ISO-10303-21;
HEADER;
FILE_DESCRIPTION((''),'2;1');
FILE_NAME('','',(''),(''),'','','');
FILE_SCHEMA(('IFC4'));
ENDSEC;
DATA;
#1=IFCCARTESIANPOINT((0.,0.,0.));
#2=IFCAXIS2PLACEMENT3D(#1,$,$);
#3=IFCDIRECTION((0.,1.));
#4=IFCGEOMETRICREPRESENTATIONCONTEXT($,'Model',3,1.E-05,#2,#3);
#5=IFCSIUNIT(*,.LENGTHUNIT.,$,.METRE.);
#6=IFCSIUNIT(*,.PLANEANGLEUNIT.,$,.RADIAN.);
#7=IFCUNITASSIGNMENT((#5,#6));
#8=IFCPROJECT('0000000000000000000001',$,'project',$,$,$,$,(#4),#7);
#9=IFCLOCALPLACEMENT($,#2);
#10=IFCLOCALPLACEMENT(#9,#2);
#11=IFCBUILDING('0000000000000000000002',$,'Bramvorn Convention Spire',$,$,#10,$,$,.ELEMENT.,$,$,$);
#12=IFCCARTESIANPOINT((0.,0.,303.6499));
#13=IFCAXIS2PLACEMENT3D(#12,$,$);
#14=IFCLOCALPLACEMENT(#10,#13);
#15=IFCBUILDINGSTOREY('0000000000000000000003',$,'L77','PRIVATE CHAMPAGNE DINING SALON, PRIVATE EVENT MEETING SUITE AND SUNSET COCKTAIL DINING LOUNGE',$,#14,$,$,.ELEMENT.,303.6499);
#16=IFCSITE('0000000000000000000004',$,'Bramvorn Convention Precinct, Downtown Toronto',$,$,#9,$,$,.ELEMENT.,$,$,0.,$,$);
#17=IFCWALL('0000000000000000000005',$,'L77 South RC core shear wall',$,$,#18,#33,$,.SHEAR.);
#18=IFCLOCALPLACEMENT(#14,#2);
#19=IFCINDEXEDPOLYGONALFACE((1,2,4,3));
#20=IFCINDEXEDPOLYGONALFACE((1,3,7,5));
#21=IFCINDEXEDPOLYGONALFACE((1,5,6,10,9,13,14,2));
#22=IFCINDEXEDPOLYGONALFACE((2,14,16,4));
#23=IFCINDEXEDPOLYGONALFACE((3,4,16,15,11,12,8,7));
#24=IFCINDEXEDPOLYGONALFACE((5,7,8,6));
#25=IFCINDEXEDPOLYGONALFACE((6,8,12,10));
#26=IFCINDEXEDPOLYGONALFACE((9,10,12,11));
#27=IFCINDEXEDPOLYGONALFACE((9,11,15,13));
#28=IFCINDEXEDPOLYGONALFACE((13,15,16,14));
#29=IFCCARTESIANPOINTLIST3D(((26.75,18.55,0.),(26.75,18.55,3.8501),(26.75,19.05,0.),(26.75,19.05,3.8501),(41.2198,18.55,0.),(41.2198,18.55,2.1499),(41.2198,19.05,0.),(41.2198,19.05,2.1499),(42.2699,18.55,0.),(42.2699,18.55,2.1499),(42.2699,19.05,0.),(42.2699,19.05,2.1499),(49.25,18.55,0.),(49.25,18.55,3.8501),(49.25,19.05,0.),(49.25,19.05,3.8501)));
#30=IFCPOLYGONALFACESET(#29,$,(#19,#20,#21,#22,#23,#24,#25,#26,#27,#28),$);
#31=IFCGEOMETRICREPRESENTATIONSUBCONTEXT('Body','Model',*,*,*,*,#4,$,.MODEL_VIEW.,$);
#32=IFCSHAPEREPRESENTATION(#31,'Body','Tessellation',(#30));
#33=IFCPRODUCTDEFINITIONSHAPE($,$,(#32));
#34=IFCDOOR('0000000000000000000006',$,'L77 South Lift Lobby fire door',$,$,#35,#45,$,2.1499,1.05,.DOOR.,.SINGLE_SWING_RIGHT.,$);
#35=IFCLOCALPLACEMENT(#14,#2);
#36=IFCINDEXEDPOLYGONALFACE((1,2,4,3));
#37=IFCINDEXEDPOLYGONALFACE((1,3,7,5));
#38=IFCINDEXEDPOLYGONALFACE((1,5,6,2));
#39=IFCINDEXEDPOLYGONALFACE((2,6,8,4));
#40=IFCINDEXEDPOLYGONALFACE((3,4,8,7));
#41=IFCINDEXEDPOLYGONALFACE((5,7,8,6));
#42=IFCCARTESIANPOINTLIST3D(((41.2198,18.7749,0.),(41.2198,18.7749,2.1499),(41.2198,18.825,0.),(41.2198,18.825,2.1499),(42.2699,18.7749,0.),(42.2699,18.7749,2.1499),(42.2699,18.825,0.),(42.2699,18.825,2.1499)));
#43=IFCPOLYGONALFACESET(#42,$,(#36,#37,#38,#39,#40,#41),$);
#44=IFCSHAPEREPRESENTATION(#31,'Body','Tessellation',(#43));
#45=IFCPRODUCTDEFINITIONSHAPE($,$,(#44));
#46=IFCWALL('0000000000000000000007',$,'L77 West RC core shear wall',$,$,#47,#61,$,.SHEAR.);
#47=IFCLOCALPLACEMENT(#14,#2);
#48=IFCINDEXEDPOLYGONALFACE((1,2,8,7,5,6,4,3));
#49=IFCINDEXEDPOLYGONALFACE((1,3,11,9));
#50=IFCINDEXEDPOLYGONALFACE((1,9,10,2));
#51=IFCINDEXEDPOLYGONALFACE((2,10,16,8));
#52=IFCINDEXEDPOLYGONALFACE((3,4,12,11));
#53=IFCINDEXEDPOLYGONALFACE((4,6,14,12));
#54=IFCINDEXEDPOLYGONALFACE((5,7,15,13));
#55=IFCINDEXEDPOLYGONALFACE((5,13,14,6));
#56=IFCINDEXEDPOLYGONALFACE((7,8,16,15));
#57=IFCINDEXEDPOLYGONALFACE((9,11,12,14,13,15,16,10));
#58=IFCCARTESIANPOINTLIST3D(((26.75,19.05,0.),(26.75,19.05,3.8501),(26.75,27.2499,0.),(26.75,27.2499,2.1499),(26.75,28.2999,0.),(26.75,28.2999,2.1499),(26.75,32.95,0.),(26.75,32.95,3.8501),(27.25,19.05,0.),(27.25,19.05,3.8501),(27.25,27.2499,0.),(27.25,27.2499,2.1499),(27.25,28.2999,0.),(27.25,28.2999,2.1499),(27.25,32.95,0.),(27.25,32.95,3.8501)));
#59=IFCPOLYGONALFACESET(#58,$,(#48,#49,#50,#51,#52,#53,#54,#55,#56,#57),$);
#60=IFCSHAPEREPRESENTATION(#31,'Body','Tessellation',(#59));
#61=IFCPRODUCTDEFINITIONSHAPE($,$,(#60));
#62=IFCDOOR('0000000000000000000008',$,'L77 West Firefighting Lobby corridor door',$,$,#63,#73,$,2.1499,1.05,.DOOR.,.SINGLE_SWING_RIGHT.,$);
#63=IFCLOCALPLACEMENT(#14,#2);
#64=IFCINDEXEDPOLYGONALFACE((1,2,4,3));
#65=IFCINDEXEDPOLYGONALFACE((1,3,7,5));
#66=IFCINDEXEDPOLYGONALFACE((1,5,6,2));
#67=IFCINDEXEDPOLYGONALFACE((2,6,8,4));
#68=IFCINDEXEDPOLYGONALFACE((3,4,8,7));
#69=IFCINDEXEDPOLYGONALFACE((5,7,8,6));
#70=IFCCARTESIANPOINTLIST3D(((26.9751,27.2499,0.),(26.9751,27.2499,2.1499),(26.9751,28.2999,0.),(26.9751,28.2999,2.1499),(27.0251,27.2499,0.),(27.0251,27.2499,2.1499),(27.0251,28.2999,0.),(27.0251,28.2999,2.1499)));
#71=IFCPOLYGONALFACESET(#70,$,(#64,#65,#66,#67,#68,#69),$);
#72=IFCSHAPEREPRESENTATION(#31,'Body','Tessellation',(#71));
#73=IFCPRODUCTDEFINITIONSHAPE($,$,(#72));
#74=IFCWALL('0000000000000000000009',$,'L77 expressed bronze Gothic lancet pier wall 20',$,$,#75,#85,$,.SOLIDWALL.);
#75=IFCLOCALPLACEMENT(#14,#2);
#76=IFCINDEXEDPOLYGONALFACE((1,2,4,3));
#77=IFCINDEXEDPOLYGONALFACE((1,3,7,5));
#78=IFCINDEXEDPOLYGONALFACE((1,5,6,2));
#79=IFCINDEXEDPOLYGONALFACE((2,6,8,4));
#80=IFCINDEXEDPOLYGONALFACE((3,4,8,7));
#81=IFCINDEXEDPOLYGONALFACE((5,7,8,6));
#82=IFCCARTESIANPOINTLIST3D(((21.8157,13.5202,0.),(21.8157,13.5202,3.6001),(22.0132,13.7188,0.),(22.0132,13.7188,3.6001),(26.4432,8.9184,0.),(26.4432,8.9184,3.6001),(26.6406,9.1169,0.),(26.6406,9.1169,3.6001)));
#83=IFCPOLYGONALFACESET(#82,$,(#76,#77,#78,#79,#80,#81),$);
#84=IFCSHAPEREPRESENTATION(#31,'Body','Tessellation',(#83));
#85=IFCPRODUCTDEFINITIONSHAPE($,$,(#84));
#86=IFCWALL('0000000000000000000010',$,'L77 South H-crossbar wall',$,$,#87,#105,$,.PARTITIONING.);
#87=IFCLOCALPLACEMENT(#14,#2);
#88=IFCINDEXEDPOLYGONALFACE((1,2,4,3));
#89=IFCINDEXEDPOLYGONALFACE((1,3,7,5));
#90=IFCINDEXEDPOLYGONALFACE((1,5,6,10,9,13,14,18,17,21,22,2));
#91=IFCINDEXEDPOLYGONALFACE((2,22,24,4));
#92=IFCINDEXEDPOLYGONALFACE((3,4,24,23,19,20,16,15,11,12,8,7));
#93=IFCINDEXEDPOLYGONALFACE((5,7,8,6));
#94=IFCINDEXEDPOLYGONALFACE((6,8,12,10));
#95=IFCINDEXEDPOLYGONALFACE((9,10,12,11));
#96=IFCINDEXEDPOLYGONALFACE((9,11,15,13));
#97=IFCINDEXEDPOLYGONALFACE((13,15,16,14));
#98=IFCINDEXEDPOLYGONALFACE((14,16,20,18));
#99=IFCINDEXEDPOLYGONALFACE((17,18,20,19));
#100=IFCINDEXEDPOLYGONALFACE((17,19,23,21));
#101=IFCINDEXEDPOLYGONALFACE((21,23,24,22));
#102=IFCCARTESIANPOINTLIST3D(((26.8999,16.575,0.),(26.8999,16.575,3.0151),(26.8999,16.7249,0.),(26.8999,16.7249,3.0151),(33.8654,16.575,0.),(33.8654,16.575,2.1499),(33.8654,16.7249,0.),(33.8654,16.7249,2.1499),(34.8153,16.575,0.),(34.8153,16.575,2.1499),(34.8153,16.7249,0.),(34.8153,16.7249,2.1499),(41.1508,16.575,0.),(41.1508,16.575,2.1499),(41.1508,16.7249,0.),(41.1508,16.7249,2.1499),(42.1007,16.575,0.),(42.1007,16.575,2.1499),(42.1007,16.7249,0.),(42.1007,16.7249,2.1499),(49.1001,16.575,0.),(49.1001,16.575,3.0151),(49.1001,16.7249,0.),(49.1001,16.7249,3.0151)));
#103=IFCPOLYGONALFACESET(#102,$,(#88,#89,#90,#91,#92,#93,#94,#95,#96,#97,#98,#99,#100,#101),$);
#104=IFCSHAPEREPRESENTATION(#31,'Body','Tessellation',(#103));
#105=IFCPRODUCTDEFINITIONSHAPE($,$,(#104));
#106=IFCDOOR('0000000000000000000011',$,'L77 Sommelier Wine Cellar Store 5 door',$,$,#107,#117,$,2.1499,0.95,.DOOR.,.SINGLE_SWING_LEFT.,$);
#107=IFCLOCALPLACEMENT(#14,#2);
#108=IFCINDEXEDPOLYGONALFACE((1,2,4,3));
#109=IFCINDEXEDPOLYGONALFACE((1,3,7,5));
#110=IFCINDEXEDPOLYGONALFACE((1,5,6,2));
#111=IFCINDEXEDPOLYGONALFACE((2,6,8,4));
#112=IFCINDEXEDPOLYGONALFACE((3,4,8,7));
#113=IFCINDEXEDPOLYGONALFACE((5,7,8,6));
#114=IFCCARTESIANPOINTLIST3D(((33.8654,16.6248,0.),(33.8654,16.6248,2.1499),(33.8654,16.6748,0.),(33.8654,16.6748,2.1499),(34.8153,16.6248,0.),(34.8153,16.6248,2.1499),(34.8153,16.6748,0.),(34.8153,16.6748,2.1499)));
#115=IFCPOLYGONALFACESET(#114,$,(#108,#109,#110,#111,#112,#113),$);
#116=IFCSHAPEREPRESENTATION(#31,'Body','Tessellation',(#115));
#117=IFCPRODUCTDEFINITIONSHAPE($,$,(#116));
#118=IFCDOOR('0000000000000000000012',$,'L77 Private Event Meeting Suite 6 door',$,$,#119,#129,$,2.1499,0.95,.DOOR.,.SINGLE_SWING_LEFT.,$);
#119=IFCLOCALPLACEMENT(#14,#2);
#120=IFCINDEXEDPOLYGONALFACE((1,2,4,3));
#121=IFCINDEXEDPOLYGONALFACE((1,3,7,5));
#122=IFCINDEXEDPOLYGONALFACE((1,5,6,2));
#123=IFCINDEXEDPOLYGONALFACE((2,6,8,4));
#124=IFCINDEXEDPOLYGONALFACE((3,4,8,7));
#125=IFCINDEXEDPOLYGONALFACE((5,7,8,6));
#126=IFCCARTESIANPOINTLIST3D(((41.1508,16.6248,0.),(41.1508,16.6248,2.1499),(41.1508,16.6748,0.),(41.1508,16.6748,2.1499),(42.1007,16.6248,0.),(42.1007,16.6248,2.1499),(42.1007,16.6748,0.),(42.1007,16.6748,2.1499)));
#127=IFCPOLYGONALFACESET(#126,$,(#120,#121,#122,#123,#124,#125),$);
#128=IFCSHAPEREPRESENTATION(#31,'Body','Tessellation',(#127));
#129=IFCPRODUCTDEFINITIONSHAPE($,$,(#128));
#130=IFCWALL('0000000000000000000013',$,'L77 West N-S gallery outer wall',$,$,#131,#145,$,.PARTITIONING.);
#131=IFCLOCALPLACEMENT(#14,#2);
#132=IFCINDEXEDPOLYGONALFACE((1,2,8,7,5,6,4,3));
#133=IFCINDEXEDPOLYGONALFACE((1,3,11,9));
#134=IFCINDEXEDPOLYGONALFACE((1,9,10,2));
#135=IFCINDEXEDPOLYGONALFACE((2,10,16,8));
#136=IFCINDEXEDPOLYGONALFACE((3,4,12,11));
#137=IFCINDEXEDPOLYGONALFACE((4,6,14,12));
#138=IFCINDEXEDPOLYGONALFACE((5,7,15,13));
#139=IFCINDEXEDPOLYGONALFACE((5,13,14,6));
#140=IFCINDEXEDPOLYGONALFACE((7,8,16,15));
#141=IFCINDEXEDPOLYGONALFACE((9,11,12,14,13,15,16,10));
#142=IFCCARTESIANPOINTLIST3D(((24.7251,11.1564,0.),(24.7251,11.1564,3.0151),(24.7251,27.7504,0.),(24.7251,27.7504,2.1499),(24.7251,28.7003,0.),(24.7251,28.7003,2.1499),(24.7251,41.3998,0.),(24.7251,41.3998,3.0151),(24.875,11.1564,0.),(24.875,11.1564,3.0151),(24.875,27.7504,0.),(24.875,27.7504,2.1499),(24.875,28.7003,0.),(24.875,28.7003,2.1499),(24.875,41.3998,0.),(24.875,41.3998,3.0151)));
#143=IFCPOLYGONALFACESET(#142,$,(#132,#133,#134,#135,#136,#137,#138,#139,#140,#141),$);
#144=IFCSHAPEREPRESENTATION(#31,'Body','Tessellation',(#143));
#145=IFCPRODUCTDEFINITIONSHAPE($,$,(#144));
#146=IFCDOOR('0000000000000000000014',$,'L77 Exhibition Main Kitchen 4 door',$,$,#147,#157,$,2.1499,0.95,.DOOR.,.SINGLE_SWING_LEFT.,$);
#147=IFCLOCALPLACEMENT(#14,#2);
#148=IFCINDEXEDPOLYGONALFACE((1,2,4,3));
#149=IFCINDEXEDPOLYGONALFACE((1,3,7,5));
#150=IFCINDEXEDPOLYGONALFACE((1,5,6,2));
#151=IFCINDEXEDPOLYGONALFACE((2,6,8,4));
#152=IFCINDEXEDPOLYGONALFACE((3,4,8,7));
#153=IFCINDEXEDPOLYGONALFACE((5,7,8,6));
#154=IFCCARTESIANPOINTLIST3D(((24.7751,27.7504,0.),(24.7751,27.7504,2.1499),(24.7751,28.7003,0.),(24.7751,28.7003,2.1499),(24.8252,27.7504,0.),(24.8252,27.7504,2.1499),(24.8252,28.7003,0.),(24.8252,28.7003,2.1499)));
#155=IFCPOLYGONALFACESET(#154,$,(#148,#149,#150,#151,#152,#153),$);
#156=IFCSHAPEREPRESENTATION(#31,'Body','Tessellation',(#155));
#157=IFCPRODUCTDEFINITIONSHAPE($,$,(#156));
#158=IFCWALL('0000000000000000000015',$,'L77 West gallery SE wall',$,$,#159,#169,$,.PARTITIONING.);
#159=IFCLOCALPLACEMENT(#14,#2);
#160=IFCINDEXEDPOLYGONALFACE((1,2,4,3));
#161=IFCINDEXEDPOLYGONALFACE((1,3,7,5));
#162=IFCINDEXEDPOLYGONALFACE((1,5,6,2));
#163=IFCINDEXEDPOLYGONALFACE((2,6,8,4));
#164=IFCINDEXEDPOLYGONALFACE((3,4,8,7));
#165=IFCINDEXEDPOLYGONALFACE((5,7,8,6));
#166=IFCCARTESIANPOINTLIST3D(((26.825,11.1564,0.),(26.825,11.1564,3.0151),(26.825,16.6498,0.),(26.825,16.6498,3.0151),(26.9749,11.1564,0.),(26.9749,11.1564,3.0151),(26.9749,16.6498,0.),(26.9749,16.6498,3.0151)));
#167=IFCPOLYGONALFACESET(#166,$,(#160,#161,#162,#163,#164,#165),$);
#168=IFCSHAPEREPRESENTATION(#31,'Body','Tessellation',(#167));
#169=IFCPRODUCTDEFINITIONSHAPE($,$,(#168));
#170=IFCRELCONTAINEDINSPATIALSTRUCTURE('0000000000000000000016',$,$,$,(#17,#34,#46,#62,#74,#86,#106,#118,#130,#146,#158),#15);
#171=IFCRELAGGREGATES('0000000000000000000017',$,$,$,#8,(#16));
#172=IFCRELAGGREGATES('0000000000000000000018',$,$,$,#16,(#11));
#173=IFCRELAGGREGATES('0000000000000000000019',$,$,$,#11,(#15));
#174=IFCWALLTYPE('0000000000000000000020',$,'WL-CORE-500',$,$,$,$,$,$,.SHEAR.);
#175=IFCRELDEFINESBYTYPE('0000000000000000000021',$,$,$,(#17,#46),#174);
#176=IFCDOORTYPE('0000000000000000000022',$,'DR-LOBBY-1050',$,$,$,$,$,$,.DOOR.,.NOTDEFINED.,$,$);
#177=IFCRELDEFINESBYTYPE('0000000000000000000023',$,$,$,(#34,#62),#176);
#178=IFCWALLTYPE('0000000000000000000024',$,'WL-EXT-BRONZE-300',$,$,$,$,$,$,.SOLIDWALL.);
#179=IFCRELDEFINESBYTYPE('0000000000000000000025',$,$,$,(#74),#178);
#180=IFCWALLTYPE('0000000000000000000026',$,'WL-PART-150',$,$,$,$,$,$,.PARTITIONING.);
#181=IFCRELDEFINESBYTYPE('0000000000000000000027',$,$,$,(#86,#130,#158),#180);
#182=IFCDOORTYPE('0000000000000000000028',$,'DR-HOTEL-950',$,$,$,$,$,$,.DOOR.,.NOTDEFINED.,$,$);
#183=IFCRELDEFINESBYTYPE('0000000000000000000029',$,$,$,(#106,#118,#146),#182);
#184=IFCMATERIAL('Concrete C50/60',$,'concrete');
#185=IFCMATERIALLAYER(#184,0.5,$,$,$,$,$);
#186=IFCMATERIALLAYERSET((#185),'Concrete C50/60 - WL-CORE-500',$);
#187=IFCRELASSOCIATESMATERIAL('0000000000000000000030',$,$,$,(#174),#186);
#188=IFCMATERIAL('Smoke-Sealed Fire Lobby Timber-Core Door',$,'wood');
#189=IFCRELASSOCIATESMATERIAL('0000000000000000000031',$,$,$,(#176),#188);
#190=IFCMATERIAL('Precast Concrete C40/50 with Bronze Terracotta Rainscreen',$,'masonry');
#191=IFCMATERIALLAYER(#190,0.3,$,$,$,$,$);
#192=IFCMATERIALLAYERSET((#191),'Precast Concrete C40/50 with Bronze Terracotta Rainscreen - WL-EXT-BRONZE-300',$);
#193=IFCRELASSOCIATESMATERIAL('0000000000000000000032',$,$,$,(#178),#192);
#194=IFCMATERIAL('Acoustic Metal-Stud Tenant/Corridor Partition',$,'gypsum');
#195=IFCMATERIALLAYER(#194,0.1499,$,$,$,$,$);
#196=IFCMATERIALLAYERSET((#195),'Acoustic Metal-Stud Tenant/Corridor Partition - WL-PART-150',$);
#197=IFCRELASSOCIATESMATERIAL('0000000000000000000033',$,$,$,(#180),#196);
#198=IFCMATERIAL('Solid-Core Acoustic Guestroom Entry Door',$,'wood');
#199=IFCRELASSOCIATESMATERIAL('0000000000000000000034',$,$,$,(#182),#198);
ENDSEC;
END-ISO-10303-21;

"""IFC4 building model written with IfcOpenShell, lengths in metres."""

from ifc_helpers import new_model, si_unit, direction, frame, frame_2d, origin, place, context, subcontext, project, spatial, rectangle, extrude, material, layer, layer_set, type_object, element, fill, save


model = new_model("IFC4")

# Units and contexts
model_context = context("Model", 3, precision=1e-05, world=origin(), true_north=direction((0.0, 1.0)))
body_context = subcontext(model_context, "Body", "Model", "MODEL_VIEW")
ifc_project = project(units=[si_unit("LENGTHUNIT", "METRE"), si_unit("PLANEANGLEUNIT", "RADIAN")], contexts=[model_context])

# Site, building, storey
site_placement = place(None, origin())
site = spatial("IfcSite", under=ifc_project, at=site_placement, Name="Bramvorn Convention Precinct, Downtown Toronto", CompositionType="ELEMENT", RefElevation=0.0)
building_placement = place(site_placement, origin())
building = spatial("IfcBuilding", under=site, at=building_placement, Name="Bramvorn Convention Spire", CompositionType="ELEMENT")
storey_placement = place(building_placement, frame((0.0, 0.0, 303.6499)))
storey = spatial("IfcBuildingStorey", under=building, at=storey_placement, Name="L77", Description="PRIVATE CHAMPAGNE DINING SALON, PRIVATE EVENT MEETING SUITE AND SUNSET COCKTAIL DINING LOUNGE", CompositionType="ELEMENT", Elevation=303.6499)

# Walls, openings, doors
ifc_material_1 = material(Name="Concrete C50/60", Category="concrete")
ifc_layer_1 = layer(ifc_material_1, 0.5)
ifc_layer_set_1 = layer_set([ifc_layer_1], Name="Concrete C50/60 - WL-CORE-500")
wall_type_1 = type_object("IfcWallType", Name="WL-CORE-500", PredefinedType="SHEAR", material=ifc_layer_set_1)
wall_1_placement = place(storey_placement, frame((26.75, 18.8, 0.0), z_axis=(0.0, 0.0, 1.0), x_axis=(1.0, 0.0, 0.0)))
wall_1 = element("IfcWall", 1, at=wall_1_placement, inside=storey, type_object=wall_type_1, Name="L77 South RC core shear wall", PredefinedType="SHEAR", context=body_context, shape_type="SweptSolid", body=[
    extrude(rectangle(XDim=22.5, YDim=0.5, at=frame_2d((11.25, 0.0))), origin(), (0.0, 0.0, 1.0), 3.8501),
])
opening_1_placement = place(wall_1_placement, frame((14.47, 0.0, 0.0)))
opening_1 = element("IfcOpeningElement", 2, at=opening_1_placement, cuts=wall_1, PredefinedType="OPENING", context=body_context, shape_type="SweptSolid", body=[
    extrude(rectangle(XDim=1.05, YDim=2.1499, at=frame_2d((0.5249, 1.075))), frame((0.0, 0.26, 0.0), z_axis=(0.0, -1.0, 0.0), x_axis=(1.0, 0.0, 0.0)), (0.0, 0.0, 1.0), 0.52),
])
ifc_material_2 = material(Name="Smoke-Sealed Fire Lobby Timber-Core Door", Category="wood")
door_type_1 = type_object("IfcDoorType", Name="DR-LOBBY-1050", OperationType="NOTDEFINED", PredefinedType="DOOR", material=ifc_material_2)
door_1_placement = place(opening_1_placement, origin())
door_1 = element("IfcDoor", 3, at=door_1_placement, inside=storey, type_object=door_type_1, Name="L77 South Lift Lobby fire door", OperationType="SINGLE_SWING_RIGHT", OverallHeight=2.1499, OverallWidth=1.05, PredefinedType="DOOR", context=body_context, shape_type="SweptSolid", body=[
    extrude(rectangle(XDim=1.05, YDim=2.1499, at=frame_2d((0.5249, 1.075))), frame((0.0, 0.0249, 0.0), z_axis=(0.0, -1.0, 0.0), x_axis=(1.0, 0.0, 0.0)), (0.0, 0.0, 1.0), 0.05),
])
fill(opening_1, door_1)
wall_2_placement = place(storey_placement, frame((27.0, 19.05, 0.0), z_axis=(0.0, 0.0, 1.0), x_axis=(0.0, 1.0, 0.0)))
wall_2 = element("IfcWall", 4, at=wall_2_placement, inside=storey, type_object=wall_type_1, Name="L77 West RC core shear wall", PredefinedType="SHEAR", context=body_context, shape_type="SweptSolid", body=[
    extrude(rectangle(XDim=13.8999, YDim=0.5, at=frame_2d((6.95, 0.0))), origin(), (0.0, 0.0, 1.0), 3.8501),
])
opening_2_placement = place(wall_2_placement, frame((8.2, 0.0, 0.0)))
opening_2 = element("IfcOpeningElement", 5, at=opening_2_placement, cuts=wall_2, PredefinedType="OPENING", context=body_context, shape_type="SweptSolid", body=[
    extrude(rectangle(XDim=1.05, YDim=2.1499, at=frame_2d((0.5249, 1.075))), frame((0.0, 0.26, 0.0), z_axis=(0.0, -1.0, 0.0), x_axis=(1.0, 0.0, 0.0)), (0.0, 0.0, 1.0), 0.52),
])
door_2_placement = place(opening_2_placement, origin())
door_2 = element("IfcDoor", 6, at=door_2_placement, inside=storey, type_object=door_type_1, Name="L77 West Firefighting Lobby corridor door", OperationType="SINGLE_SWING_RIGHT", OverallHeight=2.1499, OverallWidth=1.05, PredefinedType="DOOR", context=body_context, shape_type="SweptSolid", body=[
    extrude(rectangle(XDim=1.05, YDim=2.1499, at=frame_2d((0.5249, 1.075))), frame((0.0, 0.0249, 0.0), z_axis=(0.0, -1.0, 0.0), x_axis=(1.0, 0.0, 0.0)), (0.0, 0.0, 1.0), 0.05),
])
fill(opening_2, door_2)

# Wall
ifc_material_3 = material(Name="Precast Concrete C40/50 with Bronze Terracotta Rainscreen", Category="masonry")
ifc_layer_2 = layer(ifc_material_3, 0.3)
ifc_layer_set_2 = layer_set([ifc_layer_2], Name="Precast Concrete C40/50 with Bronze Terracotta Rainscreen - WL-EXT-BRONZE-300")
wall_type_2 = type_object("IfcWallType", Name="WL-EXT-BRONZE-300", PredefinedType="SOLIDWALL", material=ifc_layer_set_2)
wall_3_placement = place(storey_placement, frame((26.542, 9.0176, 0.0), z_axis=(0.0, 0.0, 1.0), x_axis=(-0.709068, 0.70514, 0.0)))
element("IfcWall", 7, at=wall_3_placement, inside=storey, type_object=wall_type_2, Name="L77 expressed bronze Gothic lancet pier wall 20", PredefinedType="SOLIDWALL", context=body_context, shape_type="SweptSolid", body=[
    extrude(rectangle(XDim=6.5261, YDim=0.28, at=frame_2d((3.2632, 0.0))), origin(), (0.0, 0.0, 1.0), 3.6001),
])

# Wall, openings, doors
ifc_material_4 = material(Name="Acoustic Metal-Stud Tenant/Corridor Partition", Category="gypsum")
ifc_layer_3 = layer(ifc_material_4, 0.1499)
ifc_layer_set_3 = layer_set([ifc_layer_3], Name="Acoustic Metal-Stud Tenant/Corridor Partition - WL-PART-150")
wall_type_3 = type_object("IfcWallType", Name="WL-PART-150", PredefinedType="PARTITIONING", material=ifc_layer_set_3)
wall_4_placement = place(storey_placement, frame((26.8999, 16.6499, 0.0), z_axis=(0.0, 0.0, 1.0), x_axis=(1.0, 0.0, 0.0)))
wall_4 = element("IfcWall", 8, at=wall_4_placement, inside=storey, type_object=wall_type_3, Name="L77 South H-crossbar wall", PredefinedType="PARTITIONING", context=body_context, shape_type="SweptSolid", body=[
    extrude(rectangle(XDim=22.2002, YDim=0.1499, at=frame_2d((11.1001, 0.0))), origin(), (0.0, 0.0, 1.0), 3.0151),
])
opening_3_placement = place(wall_4_placement, frame((6.9653, 0.0, 0.0)))
opening_3 = element("IfcOpeningElement", 9, at=opening_3_placement, cuts=wall_4, PredefinedType="OPENING", context=body_context, shape_type="SweptSolid", body=[
    extrude(rectangle(XDim=0.95, YDim=2.1499, at=frame_2d((0.4751, 1.075))), frame((0.0, 0.085, 0.0), z_axis=(0.0, -1.0, 0.0), x_axis=(1.0, 0.0, 0.0)), (0.0, 0.0, 1.0), 0.1699),
])
opening_4_placement = place(wall_4_placement, frame((14.2507, 0.0, 0.0)))
opening_4 = element("IfcOpeningElement", 10, at=opening_4_placement, cuts=wall_4, PredefinedType="OPENING", context=body_context, shape_type="SweptSolid", body=[
    extrude(rectangle(XDim=0.95, YDim=2.1499, at=frame_2d((0.4751, 1.075))), frame((0.0, 0.085, 0.0), z_axis=(0.0, -1.0, 0.0), x_axis=(1.0, 0.0, 0.0)), (0.0, 0.0, 1.0), 0.1699),
])
ifc_material_5 = material(Name="Solid-Core Acoustic Guestroom Entry Door", Category="wood")
door_type_2 = type_object("IfcDoorType", Name="DR-HOTEL-950", OperationType="NOTDEFINED", PredefinedType="DOOR", material=ifc_material_5)
door_3_placement = place(opening_3_placement, origin())
door_3 = element("IfcDoor", 11, at=door_3_placement, inside=storey, type_object=door_type_2, Name="L77 Sommelier Wine Cellar Store 5 door", OperationType="SINGLE_SWING_LEFT", OverallHeight=2.1499, OverallWidth=0.95, PredefinedType="DOOR", context=body_context, shape_type="SweptSolid", body=[
    extrude(rectangle(XDim=0.95, YDim=2.1499, at=frame_2d((0.4751, 1.075))), frame((0.0, 0.0249, 0.0), z_axis=(0.0, -1.0, 0.0), x_axis=(1.0, 0.0, 0.0)), (0.0, 0.0, 1.0), 0.05),
])
fill(opening_3, door_3)
door_4_placement = place(opening_4_placement, origin())
door_4 = element("IfcDoor", 12, at=door_4_placement, inside=storey, type_object=door_type_2, Name="L77 Private Event Meeting Suite 6 door", OperationType="SINGLE_SWING_LEFT", OverallHeight=2.1499, OverallWidth=0.95, PredefinedType="DOOR", context=body_context, shape_type="SweptSolid", body=[
    extrude(rectangle(XDim=0.95, YDim=2.1499, at=frame_2d((0.4751, 1.075))), frame((0.0, 0.0249, 0.0), z_axis=(0.0, -1.0, 0.0), x_axis=(1.0, 0.0, 0.0)), (0.0, 0.0, 1.0), 0.05),
])
fill(opening_4, door_4)

# Wall, opening, door
wall_5_placement = place(storey_placement, frame((24.8, 11.1565, 0.0), z_axis=(0.0, 0.0, 1.0), x_axis=(0.0, 1.0, 0.0)))
wall_5 = element("IfcWall", 13, at=wall_5_placement, inside=storey, type_object=wall_type_3, Name="L77 West N-S gallery outer wall", PredefinedType="PARTITIONING", context=body_context, shape_type="SweptSolid", body=[
    extrude(rectangle(XDim=30.2434, YDim=0.1499, at=frame_2d((15.1216, 0.0))), origin(), (0.0, 0.0, 1.0), 3.0151),
])
opening_5_placement = place(wall_5_placement, frame((16.5938, 0.0, 0.0)))
opening_5 = element("IfcOpeningElement", 14, at=opening_5_placement, cuts=wall_5, PredefinedType="OPENING", context=body_context, shape_type="SweptSolid", body=[
    extrude(rectangle(XDim=0.95, YDim=2.1499, at=frame_2d((0.4751, 1.075))), frame((0.0, 0.085, 0.0), z_axis=(0.0, -1.0, 0.0), x_axis=(1.0, 0.0, 0.0)), (0.0, 0.0, 1.0), 0.1699),
])
door_5_placement = place(opening_5_placement, origin())
door_5 = element("IfcDoor", 15, at=door_5_placement, inside=storey, type_object=door_type_2, Name="L77 Exhibition Main Kitchen 4 door", OperationType="SINGLE_SWING_LEFT", OverallHeight=2.1499, OverallWidth=0.95, PredefinedType="DOOR", context=body_context, shape_type="SweptSolid", body=[
    extrude(rectangle(XDim=0.95, YDim=2.1499, at=frame_2d((0.4751, 1.075))), frame((0.0, 0.0249, 0.0), z_axis=(0.0, -1.0, 0.0), x_axis=(1.0, 0.0, 0.0)), (0.0, 0.0, 1.0), 0.05),
])
fill(opening_5, door_5)

# Wall
wall_6_placement = place(storey_placement, frame((26.8999, 11.1565, 0.0), z_axis=(0.0, 0.0, 1.0), x_axis=(0.0, 1.0, 0.0)))
element("IfcWall", 16, at=wall_6_placement, inside=storey, type_object=wall_type_3, Name="L77 West gallery SE wall", PredefinedType="PARTITIONING", context=body_context, shape_type="SweptSolid", body=[
    extrude(rectangle(XDim=5.4934, YDim=0.1499, at=frame_2d((2.7466, 0.0))), origin(), (0.0, 0.0, 1.0), 3.0151),
])

save(model, "model.ifc")
